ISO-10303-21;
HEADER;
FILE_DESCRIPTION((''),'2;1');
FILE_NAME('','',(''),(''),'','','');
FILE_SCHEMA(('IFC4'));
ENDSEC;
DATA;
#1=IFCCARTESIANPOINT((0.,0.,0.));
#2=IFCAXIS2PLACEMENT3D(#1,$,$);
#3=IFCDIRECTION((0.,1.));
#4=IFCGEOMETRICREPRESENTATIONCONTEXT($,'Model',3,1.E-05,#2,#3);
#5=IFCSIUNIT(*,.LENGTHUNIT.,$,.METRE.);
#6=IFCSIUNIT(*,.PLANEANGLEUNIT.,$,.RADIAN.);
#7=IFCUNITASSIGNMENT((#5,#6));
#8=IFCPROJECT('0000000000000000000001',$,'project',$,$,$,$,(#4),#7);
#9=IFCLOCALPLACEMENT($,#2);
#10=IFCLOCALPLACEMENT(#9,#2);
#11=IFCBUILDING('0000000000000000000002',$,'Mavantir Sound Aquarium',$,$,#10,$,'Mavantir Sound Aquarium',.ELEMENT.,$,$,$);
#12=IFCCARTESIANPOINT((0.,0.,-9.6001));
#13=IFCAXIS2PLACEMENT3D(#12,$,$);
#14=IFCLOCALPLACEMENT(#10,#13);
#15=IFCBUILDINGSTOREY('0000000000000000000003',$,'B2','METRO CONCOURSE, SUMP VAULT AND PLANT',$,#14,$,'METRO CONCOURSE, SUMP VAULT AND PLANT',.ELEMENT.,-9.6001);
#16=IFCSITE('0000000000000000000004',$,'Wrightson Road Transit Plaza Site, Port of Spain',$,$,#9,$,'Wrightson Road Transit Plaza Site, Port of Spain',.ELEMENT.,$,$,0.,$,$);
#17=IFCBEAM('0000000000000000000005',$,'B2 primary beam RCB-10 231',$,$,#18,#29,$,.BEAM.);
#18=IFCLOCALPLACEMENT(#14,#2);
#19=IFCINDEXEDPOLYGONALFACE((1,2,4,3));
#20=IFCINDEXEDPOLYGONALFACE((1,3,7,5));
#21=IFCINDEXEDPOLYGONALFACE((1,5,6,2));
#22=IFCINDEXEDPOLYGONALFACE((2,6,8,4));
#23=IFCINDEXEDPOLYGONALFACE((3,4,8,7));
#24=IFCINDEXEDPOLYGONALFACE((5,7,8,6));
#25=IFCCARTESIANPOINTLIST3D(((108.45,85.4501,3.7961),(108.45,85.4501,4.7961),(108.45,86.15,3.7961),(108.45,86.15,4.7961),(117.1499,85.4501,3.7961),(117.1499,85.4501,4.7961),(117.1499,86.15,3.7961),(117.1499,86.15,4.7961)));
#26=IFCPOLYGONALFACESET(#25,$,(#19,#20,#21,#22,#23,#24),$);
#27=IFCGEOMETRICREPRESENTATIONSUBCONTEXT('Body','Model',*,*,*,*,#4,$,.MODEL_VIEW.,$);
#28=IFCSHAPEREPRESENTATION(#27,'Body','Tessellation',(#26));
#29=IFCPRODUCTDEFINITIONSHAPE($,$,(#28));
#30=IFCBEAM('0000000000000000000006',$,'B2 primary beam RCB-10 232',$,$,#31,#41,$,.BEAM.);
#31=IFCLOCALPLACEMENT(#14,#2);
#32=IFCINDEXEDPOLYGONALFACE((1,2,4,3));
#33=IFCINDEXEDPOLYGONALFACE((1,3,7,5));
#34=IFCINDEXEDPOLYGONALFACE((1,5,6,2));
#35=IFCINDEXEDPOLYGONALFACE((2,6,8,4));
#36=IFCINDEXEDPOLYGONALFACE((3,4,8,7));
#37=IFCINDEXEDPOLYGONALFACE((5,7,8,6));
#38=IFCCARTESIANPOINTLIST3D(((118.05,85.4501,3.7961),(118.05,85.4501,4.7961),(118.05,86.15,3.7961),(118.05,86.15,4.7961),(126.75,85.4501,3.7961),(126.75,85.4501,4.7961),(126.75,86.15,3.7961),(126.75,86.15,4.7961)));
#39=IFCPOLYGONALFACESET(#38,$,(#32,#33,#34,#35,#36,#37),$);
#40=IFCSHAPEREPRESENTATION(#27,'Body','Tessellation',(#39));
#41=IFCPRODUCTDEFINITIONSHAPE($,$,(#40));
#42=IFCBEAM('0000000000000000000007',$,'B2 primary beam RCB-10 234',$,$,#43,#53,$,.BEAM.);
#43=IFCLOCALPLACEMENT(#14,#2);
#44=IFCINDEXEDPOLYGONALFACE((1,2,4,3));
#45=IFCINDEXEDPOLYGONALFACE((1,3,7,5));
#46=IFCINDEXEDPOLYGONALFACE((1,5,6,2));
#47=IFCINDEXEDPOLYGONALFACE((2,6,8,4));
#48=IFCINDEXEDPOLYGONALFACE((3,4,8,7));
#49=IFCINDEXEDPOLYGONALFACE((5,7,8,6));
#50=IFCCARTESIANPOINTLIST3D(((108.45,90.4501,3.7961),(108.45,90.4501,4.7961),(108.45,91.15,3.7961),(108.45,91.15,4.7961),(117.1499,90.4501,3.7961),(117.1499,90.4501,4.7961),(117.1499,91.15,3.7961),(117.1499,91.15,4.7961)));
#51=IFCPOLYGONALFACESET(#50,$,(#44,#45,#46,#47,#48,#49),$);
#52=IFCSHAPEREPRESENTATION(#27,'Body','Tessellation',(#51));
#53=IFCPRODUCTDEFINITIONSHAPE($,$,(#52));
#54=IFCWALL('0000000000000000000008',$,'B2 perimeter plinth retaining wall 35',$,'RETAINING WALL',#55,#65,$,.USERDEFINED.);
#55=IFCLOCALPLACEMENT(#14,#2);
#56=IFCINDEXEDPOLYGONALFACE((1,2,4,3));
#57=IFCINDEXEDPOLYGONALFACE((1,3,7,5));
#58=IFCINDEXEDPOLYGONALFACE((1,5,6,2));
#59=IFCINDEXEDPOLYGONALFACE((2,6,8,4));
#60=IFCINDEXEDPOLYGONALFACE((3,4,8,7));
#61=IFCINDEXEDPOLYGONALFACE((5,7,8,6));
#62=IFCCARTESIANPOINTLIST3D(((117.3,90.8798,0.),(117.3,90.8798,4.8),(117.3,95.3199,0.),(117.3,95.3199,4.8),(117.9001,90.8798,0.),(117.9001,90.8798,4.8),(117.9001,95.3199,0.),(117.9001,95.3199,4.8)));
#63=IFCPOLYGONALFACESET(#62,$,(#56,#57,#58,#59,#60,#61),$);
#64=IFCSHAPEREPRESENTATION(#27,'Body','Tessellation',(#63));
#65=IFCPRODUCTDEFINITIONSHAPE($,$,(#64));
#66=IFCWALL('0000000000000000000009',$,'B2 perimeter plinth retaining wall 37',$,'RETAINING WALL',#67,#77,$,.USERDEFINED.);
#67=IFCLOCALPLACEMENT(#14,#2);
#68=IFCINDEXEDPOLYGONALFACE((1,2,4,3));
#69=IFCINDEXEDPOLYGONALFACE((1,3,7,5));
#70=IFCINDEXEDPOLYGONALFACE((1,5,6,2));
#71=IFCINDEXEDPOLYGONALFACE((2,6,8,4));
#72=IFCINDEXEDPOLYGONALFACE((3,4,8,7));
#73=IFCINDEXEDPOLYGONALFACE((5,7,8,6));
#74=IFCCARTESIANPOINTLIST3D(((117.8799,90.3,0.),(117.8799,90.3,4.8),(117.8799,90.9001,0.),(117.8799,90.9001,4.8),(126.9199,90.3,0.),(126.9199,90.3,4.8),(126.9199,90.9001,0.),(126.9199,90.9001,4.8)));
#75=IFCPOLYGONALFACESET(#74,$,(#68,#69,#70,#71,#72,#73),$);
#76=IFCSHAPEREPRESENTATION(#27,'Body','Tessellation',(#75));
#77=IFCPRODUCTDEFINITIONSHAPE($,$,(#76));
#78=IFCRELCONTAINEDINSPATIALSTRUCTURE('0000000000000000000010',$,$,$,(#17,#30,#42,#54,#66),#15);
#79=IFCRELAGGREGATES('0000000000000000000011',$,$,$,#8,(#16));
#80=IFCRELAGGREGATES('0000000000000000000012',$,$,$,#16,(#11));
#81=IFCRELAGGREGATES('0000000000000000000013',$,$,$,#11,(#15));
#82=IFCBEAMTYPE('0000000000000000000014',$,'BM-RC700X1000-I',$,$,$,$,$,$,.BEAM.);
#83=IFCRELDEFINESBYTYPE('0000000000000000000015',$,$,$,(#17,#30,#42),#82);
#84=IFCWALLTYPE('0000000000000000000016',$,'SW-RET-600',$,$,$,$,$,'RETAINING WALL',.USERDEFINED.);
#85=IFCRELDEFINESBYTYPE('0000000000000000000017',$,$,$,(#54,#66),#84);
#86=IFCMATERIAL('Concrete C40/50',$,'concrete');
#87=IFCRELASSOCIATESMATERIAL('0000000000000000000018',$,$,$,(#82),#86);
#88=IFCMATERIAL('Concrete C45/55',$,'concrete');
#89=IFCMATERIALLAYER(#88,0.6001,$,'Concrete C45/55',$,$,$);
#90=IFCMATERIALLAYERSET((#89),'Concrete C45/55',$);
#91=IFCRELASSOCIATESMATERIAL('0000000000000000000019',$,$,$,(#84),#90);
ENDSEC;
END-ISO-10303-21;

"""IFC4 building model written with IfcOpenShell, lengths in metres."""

from ifc_helpers import new_model, si_unit, direction, frame, frame_2d, origin, origin_2d, place, context, subcontext, project, spatial, rectangle, extrude, material, layer, layer_set, material_profile, profile_set, type_object, element, save


model = new_model("IFC4")

# Units and contexts
model_context = context("Model", 3, precision=1e-05, world=origin(), true_north=direction((0.0, 1.0)))
body_context = subcontext(model_context, "Body", "Model", "MODEL_VIEW")
ifc_project = project(units=[si_unit("LENGTHUNIT", "METRE"), si_unit("PLANEANGLEUNIT", "RADIAN")], contexts=[model_context])

# Site, building, storey
site_placement = place(None, origin())
site = spatial("IfcSite", under=ifc_project, at=site_placement, Name="Wrightson Road Transit Plaza Site, Port of Spain", LongName="Wrightson Road Transit Plaza Site, Port of Spain", CompositionType="ELEMENT", RefElevation=0.0)
building_placement = place(site_placement, origin())
building = spatial("IfcBuilding", under=site, at=building_placement, Name="Mavantir Sound Aquarium", LongName="Mavantir Sound Aquarium", CompositionType="ELEMENT")
storey_placement = place(building_placement, frame((0.0, 0.0, -9.6001)))
storey = spatial("IfcBuildingStorey", under=building, at=storey_placement, Name="B2", Description="METRO CONCOURSE, SUMP VAULT AND PLANT", LongName="METRO CONCOURSE, SUMP VAULT AND PLANT", CompositionType="ELEMENT", Elevation=-9.6001)

# Shared definitions
ifc_material_1 = material(Name="Concrete C40/50", Category="concrete")

# Beams
ifc_material_profile_1 = material_profile(ifc_material_1, rectangle(XDim=0.7, YDim=1.0, at=origin_2d()), Name="RC 700X1000")
ifc_profile_set_1 = profile_set([ifc_material_profile_1], Name="Concrete C40/50")
beam_type_1 = type_object("IfcBeamType", Name="BM-RC700X1000-I", PredefinedType="BEAM", material=ifc_profile_set_1)
for number, where, z_axis, x_axis, name in (
    (1, (108.45, 85.8, 4.2961), (1.0, 0.0, 0.0), (0.0, 1.0, 0.0), "B2 primary beam RCB-10 231"),
    (2, (118.05, 85.8, 4.2961), (1.0, 0.0, 0.0), (0.0, 1.0, 0.0), "B2 primary beam RCB-10 232"),
    (3, (108.45, 90.8, 4.2961), (1.0, 0.0, 0.0), (0.0, 1.0, 0.0), "B2 primary beam RCB-10 234"),
):
    element("IfcBeam", number, at=place(storey_placement, frame(where, z_axis=z_axis, x_axis=x_axis)), inside=storey, type_object=beam_type_1, Name=name, PredefinedType="BEAM", context=body_context, shape_type="SweptSolid", body=[
        extrude(rectangle(XDim=0.7, YDim=1.0, at=origin_2d()), origin(), (0.0, 0.0, 1.0), 8.7),
    ])

# Walls
ifc_material_2 = material(Name="Concrete C45/55", Category="concrete")
ifc_layer = layer(ifc_material_2, 0.6001, Name="Concrete C45/55")
ifc_layer_set = layer_set([ifc_layer], Name="Concrete C45/55")
wall_type = type_object("IfcWallType", Name="SW-RET-600", ElementType="RETAINING WALL", PredefinedType="USERDEFINED", material=ifc_layer_set)
wall_1_placement = place(storey_placement, frame((117.6001, 95.3201, 0.0), z_axis=(0.0, 0.0, 1.0), x_axis=(0.0, -1.0, 0.0)))
element("IfcWall", 4, at=wall_1_placement, inside=storey, type_object=wall_type, Name="B2 perimeter plinth retaining wall 35", ObjectType="RETAINING WALL", PredefinedType="USERDEFINED", context=body_context, shape_type="SweptSolid", body=[
    extrude(rectangle(XDim=4.4402, YDim=0.6001, at=frame_2d((2.2202, 0.0))), origin(), (0.0, 0.0, 1.0), 4.8),
])
wall_2_placement = place(storey_placement, frame((117.8799, 90.6001, 0.0), z_axis=(0.0, 0.0, 1.0), x_axis=(1.0, 0.0, 0.0)))
element("IfcWall", 5, at=wall_2_placement, inside=storey, type_object=wall_type, Name="B2 perimeter plinth retaining wall 37", ObjectType="RETAINING WALL", PredefinedType="USERDEFINED", context=body_context, shape_type="SweptSolid", body=[
    extrude(rectangle(XDim=9.04, YDim=0.6001, at=frame_2d((4.52, 0.0))), origin(), (0.0, 0.0, 1.0), 4.8),
])

save(model, "model.ifc")
